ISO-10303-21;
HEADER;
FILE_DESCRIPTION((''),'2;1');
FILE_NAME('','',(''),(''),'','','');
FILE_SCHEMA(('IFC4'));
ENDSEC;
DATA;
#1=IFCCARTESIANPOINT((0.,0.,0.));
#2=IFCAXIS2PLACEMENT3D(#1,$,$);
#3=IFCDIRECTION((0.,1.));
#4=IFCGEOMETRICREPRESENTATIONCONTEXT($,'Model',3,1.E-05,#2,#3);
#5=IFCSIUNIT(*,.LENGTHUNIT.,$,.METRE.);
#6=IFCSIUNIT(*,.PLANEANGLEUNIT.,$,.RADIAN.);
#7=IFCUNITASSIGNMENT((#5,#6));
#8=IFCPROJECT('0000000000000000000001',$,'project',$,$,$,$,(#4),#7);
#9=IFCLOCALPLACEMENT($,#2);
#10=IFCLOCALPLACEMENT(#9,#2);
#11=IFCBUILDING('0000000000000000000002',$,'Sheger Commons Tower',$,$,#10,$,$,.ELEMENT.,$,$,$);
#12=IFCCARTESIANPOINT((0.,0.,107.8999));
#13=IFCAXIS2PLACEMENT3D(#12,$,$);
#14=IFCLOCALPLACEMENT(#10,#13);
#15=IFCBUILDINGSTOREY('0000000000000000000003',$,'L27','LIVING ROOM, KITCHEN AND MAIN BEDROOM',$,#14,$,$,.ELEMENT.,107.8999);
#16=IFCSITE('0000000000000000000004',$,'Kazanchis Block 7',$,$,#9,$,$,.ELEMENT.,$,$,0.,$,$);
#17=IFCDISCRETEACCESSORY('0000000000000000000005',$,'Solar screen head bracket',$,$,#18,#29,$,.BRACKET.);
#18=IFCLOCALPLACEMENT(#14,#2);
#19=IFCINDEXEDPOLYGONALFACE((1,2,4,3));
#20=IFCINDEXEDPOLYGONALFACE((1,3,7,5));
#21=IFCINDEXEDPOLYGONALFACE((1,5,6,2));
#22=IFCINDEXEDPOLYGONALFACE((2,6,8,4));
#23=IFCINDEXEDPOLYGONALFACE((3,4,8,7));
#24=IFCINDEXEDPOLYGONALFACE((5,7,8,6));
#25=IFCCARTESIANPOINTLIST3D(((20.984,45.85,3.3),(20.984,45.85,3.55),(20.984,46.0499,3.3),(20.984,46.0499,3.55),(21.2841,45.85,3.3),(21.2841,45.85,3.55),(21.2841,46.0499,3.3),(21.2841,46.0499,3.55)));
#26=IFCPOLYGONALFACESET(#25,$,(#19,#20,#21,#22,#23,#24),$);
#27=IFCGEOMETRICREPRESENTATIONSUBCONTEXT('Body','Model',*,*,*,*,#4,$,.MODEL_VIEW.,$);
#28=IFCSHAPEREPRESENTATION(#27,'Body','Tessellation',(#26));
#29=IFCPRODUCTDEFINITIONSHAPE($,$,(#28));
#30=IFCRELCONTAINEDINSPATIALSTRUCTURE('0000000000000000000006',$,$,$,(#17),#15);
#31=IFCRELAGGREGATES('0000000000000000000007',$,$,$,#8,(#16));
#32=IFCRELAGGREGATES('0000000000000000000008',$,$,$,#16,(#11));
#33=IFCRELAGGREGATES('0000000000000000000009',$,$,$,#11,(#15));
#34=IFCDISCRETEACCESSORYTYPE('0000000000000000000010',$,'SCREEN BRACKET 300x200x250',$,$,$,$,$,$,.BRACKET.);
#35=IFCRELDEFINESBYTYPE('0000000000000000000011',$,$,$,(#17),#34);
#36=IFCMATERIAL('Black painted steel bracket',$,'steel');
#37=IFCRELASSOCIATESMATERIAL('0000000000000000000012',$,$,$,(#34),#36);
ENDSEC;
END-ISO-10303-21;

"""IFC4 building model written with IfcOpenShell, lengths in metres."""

from ifc_helpers import new_model, si_unit, direction, frame, origin, origin_2d, place, context, subcontext, project, spatial, rectangle, extrude, material, type_object, element, save


model = new_model("IFC4")

# Units and contexts
model_context = context("Model", 3, precision=1e-05, world=origin(), true_north=direction((0.0, 1.0)))
body_context = subcontext(model_context, "Body", "Model", "MODEL_VIEW")
ifc_project = project(units=[si_unit("LENGTHUNIT", "METRE"), si_unit("PLANEANGLEUNIT", "RADIAN")], contexts=[model_context])

# Site, building, storey
site_placement = place(None, origin())
site = spatial("IfcSite", under=ifc_project, at=site_placement, Name="Kazanchis Block 7", CompositionType="ELEMENT", RefElevation=0.0)
building_placement = place(site_placement, origin())
building = spatial("IfcBuilding", under=site, at=building_placement, Name="Sheger Commons Tower", CompositionType="ELEMENT")
storey_placement = place(building_placement, frame((0.0, 0.0, 107.8999)))
storey = spatial("IfcBuildingStorey", under=building, at=storey_placement, Name="L27", Description="LIVING ROOM, KITCHEN AND MAIN BEDROOM", CompositionType="ELEMENT", Elevation=107.8999)

# Discrete accessory
ifc_material_1 = material(Name="Black painted steel bracket", Category="steel")
discrete_accessory_type = type_object("IfcDiscreteAccessoryType", Name="SCREEN BRACKET 300x200x250", PredefinedType="BRACKET", material=ifc_material_1)
for number, where, z_axis, x_axis, name in (
    (1, (21.134, 45.95, 3.3), (0.0, 0.0, 1.0), (-1.0, 0.0, 0.0), "Solar screen head bracket"),
):
    element("IfcDiscreteAccessory", number, at=place(storey_placement, frame(where, z_axis=z_axis, x_axis=x_axis)), inside=storey, type_object=discrete_accessory_type, Name=name, PredefinedType="BRACKET", context=body_context, shape_type="SweptSolid", body=[
        extrude(rectangle(XDim=0.3, YDim=0.2, at=origin_2d()), origin(), (0.0, 0.0, 1.0), 0.25),
    ])

save(model, "model.ifc")
